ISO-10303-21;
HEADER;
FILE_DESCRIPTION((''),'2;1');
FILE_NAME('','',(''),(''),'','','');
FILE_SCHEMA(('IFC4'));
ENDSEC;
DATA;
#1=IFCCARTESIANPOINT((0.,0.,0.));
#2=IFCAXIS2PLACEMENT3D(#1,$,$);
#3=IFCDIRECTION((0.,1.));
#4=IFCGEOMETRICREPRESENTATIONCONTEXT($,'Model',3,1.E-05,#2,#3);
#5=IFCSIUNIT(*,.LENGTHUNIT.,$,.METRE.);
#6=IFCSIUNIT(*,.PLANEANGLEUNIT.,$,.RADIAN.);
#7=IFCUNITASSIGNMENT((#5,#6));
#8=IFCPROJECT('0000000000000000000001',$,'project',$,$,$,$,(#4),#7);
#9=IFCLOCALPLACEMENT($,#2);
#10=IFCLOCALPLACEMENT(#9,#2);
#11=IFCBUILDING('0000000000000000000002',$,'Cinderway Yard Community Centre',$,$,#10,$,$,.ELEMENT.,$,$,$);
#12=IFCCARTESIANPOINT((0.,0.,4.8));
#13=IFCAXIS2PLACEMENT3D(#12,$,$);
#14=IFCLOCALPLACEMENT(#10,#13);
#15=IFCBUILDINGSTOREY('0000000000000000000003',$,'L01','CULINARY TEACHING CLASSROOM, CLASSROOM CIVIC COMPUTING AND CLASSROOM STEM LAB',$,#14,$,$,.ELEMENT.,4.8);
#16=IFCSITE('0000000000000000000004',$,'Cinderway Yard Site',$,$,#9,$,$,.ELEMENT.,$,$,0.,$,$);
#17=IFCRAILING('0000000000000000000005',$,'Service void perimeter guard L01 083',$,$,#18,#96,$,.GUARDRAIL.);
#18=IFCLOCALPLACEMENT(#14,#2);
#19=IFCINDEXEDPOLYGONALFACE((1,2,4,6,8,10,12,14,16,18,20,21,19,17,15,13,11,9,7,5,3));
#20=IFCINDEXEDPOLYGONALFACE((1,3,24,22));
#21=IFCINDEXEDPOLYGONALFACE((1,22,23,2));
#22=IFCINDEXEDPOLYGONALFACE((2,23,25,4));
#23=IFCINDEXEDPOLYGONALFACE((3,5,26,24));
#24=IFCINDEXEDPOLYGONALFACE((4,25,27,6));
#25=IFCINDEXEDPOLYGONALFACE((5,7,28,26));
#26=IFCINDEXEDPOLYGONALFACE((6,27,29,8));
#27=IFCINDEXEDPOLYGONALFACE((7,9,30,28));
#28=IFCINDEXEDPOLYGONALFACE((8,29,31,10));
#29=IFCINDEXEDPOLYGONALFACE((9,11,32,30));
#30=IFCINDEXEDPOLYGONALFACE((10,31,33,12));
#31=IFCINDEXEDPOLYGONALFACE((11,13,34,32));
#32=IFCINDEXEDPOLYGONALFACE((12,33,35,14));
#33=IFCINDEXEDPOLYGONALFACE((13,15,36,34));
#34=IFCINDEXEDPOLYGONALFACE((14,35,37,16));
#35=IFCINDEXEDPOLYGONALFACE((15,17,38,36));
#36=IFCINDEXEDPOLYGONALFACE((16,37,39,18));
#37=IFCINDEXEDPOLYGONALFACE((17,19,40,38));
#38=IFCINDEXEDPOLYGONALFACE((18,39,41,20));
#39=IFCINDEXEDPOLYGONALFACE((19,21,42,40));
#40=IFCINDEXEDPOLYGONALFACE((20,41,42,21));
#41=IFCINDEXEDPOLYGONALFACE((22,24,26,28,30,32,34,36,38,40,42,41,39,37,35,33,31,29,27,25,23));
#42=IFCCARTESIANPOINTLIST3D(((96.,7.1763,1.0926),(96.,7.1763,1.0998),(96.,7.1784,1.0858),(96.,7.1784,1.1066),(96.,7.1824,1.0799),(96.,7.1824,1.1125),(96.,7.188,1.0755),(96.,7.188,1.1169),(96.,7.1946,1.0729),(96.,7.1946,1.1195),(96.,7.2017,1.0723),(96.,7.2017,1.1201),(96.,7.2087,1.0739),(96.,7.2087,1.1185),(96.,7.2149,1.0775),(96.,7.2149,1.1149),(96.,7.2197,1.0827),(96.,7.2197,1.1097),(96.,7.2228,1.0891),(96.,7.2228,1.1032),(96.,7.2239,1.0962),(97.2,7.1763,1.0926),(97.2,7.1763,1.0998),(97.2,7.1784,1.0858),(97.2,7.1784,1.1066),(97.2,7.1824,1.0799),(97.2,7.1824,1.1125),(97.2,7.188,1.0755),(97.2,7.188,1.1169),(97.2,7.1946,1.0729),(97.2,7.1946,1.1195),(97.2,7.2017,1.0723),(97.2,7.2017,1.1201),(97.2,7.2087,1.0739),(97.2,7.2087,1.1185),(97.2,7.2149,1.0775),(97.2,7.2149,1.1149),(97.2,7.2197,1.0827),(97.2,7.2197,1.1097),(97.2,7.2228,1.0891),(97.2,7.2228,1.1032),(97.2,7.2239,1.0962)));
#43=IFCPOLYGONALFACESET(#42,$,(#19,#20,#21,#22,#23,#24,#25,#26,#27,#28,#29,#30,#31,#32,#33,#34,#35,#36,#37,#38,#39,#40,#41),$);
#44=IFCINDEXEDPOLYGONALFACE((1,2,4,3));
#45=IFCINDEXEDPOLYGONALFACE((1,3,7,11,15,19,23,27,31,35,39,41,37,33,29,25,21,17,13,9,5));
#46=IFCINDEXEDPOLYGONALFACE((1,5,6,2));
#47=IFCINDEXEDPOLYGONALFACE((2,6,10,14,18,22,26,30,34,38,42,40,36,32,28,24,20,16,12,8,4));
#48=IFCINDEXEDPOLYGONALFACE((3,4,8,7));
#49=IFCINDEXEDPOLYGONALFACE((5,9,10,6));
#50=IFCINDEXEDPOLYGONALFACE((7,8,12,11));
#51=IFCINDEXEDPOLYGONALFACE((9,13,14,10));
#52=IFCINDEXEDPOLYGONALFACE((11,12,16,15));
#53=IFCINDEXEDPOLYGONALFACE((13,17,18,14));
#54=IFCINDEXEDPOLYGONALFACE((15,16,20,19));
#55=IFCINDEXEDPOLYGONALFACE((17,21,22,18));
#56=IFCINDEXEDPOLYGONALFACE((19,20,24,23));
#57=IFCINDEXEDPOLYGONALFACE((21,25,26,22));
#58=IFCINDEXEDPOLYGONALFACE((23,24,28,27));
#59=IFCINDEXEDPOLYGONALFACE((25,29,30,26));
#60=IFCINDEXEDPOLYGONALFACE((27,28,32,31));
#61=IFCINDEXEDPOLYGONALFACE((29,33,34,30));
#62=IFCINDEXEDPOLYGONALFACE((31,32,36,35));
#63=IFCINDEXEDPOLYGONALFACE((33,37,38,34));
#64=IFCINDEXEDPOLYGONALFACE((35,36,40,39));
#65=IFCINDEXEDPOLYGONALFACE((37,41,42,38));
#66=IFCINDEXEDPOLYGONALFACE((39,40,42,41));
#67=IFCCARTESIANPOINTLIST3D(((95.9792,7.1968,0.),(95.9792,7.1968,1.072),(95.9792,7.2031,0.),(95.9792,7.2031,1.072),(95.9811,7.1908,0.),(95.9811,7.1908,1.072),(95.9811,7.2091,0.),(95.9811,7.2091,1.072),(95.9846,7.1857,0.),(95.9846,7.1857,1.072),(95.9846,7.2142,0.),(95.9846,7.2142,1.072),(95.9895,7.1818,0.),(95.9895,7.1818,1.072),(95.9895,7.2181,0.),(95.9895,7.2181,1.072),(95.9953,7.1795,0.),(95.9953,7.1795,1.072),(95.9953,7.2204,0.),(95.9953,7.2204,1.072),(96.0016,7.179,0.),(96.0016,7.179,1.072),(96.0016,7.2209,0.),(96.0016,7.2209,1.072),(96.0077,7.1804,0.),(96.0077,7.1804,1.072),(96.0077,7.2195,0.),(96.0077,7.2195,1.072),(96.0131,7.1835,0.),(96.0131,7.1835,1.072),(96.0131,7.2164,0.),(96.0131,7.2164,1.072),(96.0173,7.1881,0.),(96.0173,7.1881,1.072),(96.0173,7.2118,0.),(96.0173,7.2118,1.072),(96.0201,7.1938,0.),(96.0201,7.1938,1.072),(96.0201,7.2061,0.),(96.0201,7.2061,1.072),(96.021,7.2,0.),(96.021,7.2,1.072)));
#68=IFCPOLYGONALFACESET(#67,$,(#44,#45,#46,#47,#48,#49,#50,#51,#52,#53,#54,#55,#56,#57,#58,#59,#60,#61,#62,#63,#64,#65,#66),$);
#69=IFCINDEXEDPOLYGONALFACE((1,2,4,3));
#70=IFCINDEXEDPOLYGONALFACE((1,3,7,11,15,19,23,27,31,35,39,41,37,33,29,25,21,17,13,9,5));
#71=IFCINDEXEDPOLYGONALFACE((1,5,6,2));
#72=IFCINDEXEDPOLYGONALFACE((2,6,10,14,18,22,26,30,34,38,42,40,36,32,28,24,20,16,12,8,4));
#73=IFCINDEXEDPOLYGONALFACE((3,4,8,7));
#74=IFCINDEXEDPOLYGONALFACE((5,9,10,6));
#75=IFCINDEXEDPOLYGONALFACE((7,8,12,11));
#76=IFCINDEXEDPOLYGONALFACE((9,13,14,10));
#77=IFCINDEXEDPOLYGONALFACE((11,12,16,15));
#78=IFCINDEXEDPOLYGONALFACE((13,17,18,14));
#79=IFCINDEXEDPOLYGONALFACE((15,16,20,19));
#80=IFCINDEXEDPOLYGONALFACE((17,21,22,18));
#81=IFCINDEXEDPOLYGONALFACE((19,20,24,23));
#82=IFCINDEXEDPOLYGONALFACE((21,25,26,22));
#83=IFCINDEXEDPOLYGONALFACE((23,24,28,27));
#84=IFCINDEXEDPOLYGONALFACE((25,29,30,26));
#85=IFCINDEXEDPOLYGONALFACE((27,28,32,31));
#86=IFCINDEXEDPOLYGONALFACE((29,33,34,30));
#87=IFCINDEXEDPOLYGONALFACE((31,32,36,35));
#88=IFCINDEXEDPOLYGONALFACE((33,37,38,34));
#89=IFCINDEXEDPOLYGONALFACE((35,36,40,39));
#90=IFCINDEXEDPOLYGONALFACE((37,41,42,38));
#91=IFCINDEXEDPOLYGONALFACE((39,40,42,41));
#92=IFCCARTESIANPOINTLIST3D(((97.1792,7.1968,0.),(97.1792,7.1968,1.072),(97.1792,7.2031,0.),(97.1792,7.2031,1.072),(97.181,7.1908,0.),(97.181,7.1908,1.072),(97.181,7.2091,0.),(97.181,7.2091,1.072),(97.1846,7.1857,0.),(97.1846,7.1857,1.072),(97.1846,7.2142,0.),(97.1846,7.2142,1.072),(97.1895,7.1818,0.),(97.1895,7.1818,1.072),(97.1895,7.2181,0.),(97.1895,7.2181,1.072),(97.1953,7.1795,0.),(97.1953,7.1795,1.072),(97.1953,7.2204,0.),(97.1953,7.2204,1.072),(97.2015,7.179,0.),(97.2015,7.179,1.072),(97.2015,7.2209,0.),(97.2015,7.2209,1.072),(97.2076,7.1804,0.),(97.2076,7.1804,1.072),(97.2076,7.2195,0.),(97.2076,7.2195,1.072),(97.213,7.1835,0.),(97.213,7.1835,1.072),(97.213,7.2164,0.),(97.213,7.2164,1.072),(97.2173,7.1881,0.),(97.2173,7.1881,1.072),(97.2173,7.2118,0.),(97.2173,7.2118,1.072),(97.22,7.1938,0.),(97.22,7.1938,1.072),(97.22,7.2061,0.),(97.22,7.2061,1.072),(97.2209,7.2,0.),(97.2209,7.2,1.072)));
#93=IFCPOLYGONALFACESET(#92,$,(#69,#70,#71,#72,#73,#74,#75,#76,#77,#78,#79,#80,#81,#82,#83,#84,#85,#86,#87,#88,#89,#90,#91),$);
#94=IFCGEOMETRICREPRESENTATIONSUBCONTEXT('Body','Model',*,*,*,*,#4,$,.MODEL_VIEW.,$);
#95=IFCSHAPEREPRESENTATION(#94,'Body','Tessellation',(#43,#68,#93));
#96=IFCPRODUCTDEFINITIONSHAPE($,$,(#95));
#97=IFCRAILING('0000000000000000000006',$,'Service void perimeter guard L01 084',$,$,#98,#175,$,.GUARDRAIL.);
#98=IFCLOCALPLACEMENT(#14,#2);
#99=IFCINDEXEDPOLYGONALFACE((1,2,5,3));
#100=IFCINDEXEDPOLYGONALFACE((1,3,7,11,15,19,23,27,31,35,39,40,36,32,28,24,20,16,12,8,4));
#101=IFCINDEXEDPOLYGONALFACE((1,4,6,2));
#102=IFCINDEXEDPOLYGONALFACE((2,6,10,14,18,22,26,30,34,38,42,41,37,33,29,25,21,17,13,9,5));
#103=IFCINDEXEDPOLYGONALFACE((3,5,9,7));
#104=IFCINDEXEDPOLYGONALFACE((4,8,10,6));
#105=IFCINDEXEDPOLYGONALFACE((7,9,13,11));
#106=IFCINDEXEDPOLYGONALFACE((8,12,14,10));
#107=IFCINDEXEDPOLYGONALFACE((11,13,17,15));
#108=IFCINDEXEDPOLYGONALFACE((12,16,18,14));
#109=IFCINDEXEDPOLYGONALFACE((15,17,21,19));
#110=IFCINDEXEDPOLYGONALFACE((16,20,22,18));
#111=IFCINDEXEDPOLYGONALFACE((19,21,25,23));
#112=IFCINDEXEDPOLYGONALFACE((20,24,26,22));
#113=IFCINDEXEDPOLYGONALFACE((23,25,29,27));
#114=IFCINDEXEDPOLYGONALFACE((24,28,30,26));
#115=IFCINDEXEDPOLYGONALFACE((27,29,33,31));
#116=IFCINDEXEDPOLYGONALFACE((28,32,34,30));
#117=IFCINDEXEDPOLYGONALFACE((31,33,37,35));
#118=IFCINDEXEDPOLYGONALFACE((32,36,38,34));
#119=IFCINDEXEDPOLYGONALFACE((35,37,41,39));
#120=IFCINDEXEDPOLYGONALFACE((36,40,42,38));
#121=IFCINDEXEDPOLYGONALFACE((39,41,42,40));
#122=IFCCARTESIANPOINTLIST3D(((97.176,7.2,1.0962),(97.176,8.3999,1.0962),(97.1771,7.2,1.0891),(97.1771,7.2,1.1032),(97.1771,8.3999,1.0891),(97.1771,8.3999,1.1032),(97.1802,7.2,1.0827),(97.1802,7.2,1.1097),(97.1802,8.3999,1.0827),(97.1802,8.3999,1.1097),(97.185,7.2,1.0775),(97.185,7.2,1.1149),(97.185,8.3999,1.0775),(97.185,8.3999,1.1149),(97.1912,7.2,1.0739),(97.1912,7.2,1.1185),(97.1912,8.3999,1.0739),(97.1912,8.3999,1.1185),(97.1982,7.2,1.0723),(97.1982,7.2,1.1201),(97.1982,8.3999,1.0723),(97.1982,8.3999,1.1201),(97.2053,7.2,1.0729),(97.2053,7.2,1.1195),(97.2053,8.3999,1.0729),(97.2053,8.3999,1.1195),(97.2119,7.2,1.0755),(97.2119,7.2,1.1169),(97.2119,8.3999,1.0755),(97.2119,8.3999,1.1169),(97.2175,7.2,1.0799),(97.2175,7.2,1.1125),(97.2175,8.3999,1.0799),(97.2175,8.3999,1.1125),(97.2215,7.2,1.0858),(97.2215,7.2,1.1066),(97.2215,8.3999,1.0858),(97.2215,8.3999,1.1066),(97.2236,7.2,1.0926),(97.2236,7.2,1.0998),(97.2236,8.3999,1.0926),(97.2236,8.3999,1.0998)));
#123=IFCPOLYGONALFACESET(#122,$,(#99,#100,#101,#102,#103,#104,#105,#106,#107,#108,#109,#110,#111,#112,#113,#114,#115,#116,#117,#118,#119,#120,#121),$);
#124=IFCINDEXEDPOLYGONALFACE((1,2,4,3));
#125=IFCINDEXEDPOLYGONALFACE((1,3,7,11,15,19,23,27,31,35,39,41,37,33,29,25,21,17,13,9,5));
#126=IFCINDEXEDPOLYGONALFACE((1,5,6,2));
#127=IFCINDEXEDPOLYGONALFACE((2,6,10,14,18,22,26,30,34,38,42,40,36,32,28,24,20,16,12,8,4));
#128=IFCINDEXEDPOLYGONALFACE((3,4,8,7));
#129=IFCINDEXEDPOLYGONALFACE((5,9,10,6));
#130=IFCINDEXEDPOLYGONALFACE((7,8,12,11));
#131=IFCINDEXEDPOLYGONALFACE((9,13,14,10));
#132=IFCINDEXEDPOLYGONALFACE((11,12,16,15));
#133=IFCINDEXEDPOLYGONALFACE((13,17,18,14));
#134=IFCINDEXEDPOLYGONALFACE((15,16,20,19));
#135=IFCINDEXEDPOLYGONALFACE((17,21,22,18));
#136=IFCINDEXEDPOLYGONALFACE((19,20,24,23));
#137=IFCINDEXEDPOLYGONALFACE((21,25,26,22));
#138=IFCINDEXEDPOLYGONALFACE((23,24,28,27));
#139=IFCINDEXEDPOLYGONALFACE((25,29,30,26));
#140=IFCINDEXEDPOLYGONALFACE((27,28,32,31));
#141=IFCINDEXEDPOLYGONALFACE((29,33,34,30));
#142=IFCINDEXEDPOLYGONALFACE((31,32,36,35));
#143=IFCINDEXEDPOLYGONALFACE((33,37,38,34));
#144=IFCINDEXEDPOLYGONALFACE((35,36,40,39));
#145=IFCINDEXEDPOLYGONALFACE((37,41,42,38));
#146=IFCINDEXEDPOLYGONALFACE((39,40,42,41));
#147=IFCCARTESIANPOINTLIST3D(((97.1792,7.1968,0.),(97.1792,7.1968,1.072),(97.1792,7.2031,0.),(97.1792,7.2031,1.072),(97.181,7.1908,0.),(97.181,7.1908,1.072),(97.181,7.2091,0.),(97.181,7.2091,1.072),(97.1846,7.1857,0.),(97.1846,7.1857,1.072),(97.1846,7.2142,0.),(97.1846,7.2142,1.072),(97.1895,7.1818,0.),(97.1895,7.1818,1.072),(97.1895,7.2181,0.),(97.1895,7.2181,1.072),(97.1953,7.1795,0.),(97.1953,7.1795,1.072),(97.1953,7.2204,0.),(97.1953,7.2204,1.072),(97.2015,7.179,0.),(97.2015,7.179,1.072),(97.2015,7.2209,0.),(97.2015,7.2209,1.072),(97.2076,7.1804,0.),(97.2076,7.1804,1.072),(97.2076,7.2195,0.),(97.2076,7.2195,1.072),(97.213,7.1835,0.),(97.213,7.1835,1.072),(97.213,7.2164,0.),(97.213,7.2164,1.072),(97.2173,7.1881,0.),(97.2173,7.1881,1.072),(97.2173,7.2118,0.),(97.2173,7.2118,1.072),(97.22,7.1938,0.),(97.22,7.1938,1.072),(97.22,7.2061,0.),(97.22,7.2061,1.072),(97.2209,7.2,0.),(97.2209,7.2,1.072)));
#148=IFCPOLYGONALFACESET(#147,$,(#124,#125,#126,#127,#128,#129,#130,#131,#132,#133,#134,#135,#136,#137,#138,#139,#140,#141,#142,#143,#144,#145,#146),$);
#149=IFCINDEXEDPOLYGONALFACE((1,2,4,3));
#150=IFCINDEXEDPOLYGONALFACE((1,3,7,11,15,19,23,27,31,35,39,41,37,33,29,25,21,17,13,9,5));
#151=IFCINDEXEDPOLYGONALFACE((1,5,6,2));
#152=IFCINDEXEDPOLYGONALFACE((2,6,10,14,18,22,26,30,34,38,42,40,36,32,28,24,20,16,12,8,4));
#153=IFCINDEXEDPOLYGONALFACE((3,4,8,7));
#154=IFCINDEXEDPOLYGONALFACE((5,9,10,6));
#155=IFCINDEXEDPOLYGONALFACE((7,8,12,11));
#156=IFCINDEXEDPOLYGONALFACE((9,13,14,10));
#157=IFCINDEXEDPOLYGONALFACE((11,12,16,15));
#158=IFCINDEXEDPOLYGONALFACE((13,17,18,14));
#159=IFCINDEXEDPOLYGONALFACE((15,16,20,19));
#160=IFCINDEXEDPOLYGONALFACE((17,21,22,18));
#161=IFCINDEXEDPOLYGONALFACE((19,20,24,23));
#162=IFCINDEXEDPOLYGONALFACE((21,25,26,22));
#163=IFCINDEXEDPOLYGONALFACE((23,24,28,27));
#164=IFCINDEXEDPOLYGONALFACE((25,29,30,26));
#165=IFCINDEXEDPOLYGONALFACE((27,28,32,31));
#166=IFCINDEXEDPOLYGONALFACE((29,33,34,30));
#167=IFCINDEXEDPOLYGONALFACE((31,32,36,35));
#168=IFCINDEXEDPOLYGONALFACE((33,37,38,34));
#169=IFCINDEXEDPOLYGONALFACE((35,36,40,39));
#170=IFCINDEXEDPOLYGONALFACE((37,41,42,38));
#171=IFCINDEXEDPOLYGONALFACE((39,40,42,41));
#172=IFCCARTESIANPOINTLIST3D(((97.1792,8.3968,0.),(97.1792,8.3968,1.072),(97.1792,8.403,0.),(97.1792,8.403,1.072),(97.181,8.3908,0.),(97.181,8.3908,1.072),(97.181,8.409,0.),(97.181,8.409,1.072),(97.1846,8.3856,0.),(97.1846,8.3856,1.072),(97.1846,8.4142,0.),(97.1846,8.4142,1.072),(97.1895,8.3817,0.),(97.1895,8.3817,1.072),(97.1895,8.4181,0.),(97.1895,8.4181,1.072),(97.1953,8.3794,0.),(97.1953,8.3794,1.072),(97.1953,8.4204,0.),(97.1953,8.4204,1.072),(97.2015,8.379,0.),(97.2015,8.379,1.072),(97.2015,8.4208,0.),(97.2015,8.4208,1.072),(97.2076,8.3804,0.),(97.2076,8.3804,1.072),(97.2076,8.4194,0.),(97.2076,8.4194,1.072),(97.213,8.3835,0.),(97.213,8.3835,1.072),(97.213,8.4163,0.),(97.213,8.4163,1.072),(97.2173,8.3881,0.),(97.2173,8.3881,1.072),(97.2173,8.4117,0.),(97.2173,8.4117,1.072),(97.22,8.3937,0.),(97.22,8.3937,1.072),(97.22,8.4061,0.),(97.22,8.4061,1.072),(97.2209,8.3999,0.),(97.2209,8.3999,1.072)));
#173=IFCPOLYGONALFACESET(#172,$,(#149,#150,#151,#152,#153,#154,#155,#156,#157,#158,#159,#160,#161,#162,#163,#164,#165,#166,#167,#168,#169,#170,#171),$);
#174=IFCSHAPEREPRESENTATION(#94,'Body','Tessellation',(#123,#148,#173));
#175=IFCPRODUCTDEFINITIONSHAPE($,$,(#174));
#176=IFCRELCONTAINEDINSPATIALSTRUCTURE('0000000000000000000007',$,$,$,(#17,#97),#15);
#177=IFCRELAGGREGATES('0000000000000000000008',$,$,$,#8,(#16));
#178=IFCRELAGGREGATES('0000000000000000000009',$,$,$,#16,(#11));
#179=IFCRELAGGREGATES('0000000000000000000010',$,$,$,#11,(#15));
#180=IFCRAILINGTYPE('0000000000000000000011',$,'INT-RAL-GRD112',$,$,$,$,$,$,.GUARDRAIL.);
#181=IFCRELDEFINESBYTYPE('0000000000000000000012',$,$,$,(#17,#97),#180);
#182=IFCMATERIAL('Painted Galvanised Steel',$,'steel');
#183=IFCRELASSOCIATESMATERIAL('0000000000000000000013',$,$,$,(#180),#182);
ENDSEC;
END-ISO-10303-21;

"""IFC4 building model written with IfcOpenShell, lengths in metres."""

from ifc_helpers import new_model, si_unit, direction, frame, origin, origin_2d, place, context, subcontext, project, spatial, circle, extrude, material, type_object, element, save


model = new_model("IFC4")

# Units and contexts
model_context = context("Model", 3, precision=1e-05, world=origin(), true_north=direction((0.0, 1.0)))
body_context = subcontext(model_context, "Body", "Model", "MODEL_VIEW")
ifc_project = project(units=[si_unit("LENGTHUNIT", "METRE"), si_unit("PLANEANGLEUNIT", "RADIAN")], contexts=[model_context])

# Site, building, storey
site_placement = place(None, origin())
site = spatial("IfcSite", under=ifc_project, at=site_placement, Name="Cinderway Yard Site", CompositionType="ELEMENT", RefElevation=0.0)
building_placement = place(site_placement, origin())
building = spatial("IfcBuilding", under=site, at=building_placement, Name="Cinderway Yard Community Centre", CompositionType="ELEMENT")
storey_placement = place(building_placement, frame((0.0, 0.0, 4.8)))
storey = spatial("IfcBuildingStorey", under=building, at=storey_placement, Name="L01", Description="CULINARY TEACHING CLASSROOM, CLASSROOM CIVIC COMPUTING AND CLASSROOM STEM LAB", CompositionType="ELEMENT", Elevation=4.8)

# Railings
ifc_material_1 = material(Name="Painted Galvanised Steel", Category="steel")
railing_type = type_object("IfcRailingType", Name="INT-RAL-GRD112", PredefinedType="GUARDRAIL", material=ifc_material_1)
railing_1_placement = place(storey_placement, frame((96.0, 7.2, 0.0)))
element("IfcRailing", 1, at=railing_1_placement, inside=storey, type_object=railing_type, Name="Service void perimeter guard L01 083", PredefinedType="GUARDRAIL", context=body_context, shape_type="SweptSolid", body=[
    extrude(circle(Radius=0.0239, at=origin_2d()), frame((0.0, 0.0, 1.0962), z_axis=(1.0, 0.0, 0.0), x_axis=(0.0, 1.0, 0.0)), (0.0, 0.0, 1.0), 1.2),
    extrude(circle(Radius=0.021, at=origin_2d()), origin(), (0.0, 0.0, 1.0), 1.072),
    extrude(circle(Radius=0.021, at=origin_2d()), frame((1.2, 0.0, 0.0)), (0.0, 0.0, 1.0), 1.072),
])
railing_2_placement = place(storey_placement, frame((97.2, 7.2, 0.0)))
element("IfcRailing", 2, at=railing_2_placement, inside=storey, type_object=railing_type, Name="Service void perimeter guard L01 084", PredefinedType="GUARDRAIL", context=body_context, shape_type="SweptSolid", body=[
    extrude(circle(Radius=0.0239, at=origin_2d()), frame((0.0, 0.0, 1.0962), z_axis=(0.0, 1.0, 0.0), x_axis=(-1.0, 0.0, 0.0)), (0.0, 0.0, 1.0), 1.2),
    extrude(circle(Radius=0.021, at=origin_2d()), origin(), (0.0, 0.0, 1.0), 1.072),
    extrude(circle(Radius=0.021, at=origin_2d()), frame((0.0, 1.2, 0.0)), (0.0, 0.0, 1.0), 1.072),
])

save(model, "model.ifc")
